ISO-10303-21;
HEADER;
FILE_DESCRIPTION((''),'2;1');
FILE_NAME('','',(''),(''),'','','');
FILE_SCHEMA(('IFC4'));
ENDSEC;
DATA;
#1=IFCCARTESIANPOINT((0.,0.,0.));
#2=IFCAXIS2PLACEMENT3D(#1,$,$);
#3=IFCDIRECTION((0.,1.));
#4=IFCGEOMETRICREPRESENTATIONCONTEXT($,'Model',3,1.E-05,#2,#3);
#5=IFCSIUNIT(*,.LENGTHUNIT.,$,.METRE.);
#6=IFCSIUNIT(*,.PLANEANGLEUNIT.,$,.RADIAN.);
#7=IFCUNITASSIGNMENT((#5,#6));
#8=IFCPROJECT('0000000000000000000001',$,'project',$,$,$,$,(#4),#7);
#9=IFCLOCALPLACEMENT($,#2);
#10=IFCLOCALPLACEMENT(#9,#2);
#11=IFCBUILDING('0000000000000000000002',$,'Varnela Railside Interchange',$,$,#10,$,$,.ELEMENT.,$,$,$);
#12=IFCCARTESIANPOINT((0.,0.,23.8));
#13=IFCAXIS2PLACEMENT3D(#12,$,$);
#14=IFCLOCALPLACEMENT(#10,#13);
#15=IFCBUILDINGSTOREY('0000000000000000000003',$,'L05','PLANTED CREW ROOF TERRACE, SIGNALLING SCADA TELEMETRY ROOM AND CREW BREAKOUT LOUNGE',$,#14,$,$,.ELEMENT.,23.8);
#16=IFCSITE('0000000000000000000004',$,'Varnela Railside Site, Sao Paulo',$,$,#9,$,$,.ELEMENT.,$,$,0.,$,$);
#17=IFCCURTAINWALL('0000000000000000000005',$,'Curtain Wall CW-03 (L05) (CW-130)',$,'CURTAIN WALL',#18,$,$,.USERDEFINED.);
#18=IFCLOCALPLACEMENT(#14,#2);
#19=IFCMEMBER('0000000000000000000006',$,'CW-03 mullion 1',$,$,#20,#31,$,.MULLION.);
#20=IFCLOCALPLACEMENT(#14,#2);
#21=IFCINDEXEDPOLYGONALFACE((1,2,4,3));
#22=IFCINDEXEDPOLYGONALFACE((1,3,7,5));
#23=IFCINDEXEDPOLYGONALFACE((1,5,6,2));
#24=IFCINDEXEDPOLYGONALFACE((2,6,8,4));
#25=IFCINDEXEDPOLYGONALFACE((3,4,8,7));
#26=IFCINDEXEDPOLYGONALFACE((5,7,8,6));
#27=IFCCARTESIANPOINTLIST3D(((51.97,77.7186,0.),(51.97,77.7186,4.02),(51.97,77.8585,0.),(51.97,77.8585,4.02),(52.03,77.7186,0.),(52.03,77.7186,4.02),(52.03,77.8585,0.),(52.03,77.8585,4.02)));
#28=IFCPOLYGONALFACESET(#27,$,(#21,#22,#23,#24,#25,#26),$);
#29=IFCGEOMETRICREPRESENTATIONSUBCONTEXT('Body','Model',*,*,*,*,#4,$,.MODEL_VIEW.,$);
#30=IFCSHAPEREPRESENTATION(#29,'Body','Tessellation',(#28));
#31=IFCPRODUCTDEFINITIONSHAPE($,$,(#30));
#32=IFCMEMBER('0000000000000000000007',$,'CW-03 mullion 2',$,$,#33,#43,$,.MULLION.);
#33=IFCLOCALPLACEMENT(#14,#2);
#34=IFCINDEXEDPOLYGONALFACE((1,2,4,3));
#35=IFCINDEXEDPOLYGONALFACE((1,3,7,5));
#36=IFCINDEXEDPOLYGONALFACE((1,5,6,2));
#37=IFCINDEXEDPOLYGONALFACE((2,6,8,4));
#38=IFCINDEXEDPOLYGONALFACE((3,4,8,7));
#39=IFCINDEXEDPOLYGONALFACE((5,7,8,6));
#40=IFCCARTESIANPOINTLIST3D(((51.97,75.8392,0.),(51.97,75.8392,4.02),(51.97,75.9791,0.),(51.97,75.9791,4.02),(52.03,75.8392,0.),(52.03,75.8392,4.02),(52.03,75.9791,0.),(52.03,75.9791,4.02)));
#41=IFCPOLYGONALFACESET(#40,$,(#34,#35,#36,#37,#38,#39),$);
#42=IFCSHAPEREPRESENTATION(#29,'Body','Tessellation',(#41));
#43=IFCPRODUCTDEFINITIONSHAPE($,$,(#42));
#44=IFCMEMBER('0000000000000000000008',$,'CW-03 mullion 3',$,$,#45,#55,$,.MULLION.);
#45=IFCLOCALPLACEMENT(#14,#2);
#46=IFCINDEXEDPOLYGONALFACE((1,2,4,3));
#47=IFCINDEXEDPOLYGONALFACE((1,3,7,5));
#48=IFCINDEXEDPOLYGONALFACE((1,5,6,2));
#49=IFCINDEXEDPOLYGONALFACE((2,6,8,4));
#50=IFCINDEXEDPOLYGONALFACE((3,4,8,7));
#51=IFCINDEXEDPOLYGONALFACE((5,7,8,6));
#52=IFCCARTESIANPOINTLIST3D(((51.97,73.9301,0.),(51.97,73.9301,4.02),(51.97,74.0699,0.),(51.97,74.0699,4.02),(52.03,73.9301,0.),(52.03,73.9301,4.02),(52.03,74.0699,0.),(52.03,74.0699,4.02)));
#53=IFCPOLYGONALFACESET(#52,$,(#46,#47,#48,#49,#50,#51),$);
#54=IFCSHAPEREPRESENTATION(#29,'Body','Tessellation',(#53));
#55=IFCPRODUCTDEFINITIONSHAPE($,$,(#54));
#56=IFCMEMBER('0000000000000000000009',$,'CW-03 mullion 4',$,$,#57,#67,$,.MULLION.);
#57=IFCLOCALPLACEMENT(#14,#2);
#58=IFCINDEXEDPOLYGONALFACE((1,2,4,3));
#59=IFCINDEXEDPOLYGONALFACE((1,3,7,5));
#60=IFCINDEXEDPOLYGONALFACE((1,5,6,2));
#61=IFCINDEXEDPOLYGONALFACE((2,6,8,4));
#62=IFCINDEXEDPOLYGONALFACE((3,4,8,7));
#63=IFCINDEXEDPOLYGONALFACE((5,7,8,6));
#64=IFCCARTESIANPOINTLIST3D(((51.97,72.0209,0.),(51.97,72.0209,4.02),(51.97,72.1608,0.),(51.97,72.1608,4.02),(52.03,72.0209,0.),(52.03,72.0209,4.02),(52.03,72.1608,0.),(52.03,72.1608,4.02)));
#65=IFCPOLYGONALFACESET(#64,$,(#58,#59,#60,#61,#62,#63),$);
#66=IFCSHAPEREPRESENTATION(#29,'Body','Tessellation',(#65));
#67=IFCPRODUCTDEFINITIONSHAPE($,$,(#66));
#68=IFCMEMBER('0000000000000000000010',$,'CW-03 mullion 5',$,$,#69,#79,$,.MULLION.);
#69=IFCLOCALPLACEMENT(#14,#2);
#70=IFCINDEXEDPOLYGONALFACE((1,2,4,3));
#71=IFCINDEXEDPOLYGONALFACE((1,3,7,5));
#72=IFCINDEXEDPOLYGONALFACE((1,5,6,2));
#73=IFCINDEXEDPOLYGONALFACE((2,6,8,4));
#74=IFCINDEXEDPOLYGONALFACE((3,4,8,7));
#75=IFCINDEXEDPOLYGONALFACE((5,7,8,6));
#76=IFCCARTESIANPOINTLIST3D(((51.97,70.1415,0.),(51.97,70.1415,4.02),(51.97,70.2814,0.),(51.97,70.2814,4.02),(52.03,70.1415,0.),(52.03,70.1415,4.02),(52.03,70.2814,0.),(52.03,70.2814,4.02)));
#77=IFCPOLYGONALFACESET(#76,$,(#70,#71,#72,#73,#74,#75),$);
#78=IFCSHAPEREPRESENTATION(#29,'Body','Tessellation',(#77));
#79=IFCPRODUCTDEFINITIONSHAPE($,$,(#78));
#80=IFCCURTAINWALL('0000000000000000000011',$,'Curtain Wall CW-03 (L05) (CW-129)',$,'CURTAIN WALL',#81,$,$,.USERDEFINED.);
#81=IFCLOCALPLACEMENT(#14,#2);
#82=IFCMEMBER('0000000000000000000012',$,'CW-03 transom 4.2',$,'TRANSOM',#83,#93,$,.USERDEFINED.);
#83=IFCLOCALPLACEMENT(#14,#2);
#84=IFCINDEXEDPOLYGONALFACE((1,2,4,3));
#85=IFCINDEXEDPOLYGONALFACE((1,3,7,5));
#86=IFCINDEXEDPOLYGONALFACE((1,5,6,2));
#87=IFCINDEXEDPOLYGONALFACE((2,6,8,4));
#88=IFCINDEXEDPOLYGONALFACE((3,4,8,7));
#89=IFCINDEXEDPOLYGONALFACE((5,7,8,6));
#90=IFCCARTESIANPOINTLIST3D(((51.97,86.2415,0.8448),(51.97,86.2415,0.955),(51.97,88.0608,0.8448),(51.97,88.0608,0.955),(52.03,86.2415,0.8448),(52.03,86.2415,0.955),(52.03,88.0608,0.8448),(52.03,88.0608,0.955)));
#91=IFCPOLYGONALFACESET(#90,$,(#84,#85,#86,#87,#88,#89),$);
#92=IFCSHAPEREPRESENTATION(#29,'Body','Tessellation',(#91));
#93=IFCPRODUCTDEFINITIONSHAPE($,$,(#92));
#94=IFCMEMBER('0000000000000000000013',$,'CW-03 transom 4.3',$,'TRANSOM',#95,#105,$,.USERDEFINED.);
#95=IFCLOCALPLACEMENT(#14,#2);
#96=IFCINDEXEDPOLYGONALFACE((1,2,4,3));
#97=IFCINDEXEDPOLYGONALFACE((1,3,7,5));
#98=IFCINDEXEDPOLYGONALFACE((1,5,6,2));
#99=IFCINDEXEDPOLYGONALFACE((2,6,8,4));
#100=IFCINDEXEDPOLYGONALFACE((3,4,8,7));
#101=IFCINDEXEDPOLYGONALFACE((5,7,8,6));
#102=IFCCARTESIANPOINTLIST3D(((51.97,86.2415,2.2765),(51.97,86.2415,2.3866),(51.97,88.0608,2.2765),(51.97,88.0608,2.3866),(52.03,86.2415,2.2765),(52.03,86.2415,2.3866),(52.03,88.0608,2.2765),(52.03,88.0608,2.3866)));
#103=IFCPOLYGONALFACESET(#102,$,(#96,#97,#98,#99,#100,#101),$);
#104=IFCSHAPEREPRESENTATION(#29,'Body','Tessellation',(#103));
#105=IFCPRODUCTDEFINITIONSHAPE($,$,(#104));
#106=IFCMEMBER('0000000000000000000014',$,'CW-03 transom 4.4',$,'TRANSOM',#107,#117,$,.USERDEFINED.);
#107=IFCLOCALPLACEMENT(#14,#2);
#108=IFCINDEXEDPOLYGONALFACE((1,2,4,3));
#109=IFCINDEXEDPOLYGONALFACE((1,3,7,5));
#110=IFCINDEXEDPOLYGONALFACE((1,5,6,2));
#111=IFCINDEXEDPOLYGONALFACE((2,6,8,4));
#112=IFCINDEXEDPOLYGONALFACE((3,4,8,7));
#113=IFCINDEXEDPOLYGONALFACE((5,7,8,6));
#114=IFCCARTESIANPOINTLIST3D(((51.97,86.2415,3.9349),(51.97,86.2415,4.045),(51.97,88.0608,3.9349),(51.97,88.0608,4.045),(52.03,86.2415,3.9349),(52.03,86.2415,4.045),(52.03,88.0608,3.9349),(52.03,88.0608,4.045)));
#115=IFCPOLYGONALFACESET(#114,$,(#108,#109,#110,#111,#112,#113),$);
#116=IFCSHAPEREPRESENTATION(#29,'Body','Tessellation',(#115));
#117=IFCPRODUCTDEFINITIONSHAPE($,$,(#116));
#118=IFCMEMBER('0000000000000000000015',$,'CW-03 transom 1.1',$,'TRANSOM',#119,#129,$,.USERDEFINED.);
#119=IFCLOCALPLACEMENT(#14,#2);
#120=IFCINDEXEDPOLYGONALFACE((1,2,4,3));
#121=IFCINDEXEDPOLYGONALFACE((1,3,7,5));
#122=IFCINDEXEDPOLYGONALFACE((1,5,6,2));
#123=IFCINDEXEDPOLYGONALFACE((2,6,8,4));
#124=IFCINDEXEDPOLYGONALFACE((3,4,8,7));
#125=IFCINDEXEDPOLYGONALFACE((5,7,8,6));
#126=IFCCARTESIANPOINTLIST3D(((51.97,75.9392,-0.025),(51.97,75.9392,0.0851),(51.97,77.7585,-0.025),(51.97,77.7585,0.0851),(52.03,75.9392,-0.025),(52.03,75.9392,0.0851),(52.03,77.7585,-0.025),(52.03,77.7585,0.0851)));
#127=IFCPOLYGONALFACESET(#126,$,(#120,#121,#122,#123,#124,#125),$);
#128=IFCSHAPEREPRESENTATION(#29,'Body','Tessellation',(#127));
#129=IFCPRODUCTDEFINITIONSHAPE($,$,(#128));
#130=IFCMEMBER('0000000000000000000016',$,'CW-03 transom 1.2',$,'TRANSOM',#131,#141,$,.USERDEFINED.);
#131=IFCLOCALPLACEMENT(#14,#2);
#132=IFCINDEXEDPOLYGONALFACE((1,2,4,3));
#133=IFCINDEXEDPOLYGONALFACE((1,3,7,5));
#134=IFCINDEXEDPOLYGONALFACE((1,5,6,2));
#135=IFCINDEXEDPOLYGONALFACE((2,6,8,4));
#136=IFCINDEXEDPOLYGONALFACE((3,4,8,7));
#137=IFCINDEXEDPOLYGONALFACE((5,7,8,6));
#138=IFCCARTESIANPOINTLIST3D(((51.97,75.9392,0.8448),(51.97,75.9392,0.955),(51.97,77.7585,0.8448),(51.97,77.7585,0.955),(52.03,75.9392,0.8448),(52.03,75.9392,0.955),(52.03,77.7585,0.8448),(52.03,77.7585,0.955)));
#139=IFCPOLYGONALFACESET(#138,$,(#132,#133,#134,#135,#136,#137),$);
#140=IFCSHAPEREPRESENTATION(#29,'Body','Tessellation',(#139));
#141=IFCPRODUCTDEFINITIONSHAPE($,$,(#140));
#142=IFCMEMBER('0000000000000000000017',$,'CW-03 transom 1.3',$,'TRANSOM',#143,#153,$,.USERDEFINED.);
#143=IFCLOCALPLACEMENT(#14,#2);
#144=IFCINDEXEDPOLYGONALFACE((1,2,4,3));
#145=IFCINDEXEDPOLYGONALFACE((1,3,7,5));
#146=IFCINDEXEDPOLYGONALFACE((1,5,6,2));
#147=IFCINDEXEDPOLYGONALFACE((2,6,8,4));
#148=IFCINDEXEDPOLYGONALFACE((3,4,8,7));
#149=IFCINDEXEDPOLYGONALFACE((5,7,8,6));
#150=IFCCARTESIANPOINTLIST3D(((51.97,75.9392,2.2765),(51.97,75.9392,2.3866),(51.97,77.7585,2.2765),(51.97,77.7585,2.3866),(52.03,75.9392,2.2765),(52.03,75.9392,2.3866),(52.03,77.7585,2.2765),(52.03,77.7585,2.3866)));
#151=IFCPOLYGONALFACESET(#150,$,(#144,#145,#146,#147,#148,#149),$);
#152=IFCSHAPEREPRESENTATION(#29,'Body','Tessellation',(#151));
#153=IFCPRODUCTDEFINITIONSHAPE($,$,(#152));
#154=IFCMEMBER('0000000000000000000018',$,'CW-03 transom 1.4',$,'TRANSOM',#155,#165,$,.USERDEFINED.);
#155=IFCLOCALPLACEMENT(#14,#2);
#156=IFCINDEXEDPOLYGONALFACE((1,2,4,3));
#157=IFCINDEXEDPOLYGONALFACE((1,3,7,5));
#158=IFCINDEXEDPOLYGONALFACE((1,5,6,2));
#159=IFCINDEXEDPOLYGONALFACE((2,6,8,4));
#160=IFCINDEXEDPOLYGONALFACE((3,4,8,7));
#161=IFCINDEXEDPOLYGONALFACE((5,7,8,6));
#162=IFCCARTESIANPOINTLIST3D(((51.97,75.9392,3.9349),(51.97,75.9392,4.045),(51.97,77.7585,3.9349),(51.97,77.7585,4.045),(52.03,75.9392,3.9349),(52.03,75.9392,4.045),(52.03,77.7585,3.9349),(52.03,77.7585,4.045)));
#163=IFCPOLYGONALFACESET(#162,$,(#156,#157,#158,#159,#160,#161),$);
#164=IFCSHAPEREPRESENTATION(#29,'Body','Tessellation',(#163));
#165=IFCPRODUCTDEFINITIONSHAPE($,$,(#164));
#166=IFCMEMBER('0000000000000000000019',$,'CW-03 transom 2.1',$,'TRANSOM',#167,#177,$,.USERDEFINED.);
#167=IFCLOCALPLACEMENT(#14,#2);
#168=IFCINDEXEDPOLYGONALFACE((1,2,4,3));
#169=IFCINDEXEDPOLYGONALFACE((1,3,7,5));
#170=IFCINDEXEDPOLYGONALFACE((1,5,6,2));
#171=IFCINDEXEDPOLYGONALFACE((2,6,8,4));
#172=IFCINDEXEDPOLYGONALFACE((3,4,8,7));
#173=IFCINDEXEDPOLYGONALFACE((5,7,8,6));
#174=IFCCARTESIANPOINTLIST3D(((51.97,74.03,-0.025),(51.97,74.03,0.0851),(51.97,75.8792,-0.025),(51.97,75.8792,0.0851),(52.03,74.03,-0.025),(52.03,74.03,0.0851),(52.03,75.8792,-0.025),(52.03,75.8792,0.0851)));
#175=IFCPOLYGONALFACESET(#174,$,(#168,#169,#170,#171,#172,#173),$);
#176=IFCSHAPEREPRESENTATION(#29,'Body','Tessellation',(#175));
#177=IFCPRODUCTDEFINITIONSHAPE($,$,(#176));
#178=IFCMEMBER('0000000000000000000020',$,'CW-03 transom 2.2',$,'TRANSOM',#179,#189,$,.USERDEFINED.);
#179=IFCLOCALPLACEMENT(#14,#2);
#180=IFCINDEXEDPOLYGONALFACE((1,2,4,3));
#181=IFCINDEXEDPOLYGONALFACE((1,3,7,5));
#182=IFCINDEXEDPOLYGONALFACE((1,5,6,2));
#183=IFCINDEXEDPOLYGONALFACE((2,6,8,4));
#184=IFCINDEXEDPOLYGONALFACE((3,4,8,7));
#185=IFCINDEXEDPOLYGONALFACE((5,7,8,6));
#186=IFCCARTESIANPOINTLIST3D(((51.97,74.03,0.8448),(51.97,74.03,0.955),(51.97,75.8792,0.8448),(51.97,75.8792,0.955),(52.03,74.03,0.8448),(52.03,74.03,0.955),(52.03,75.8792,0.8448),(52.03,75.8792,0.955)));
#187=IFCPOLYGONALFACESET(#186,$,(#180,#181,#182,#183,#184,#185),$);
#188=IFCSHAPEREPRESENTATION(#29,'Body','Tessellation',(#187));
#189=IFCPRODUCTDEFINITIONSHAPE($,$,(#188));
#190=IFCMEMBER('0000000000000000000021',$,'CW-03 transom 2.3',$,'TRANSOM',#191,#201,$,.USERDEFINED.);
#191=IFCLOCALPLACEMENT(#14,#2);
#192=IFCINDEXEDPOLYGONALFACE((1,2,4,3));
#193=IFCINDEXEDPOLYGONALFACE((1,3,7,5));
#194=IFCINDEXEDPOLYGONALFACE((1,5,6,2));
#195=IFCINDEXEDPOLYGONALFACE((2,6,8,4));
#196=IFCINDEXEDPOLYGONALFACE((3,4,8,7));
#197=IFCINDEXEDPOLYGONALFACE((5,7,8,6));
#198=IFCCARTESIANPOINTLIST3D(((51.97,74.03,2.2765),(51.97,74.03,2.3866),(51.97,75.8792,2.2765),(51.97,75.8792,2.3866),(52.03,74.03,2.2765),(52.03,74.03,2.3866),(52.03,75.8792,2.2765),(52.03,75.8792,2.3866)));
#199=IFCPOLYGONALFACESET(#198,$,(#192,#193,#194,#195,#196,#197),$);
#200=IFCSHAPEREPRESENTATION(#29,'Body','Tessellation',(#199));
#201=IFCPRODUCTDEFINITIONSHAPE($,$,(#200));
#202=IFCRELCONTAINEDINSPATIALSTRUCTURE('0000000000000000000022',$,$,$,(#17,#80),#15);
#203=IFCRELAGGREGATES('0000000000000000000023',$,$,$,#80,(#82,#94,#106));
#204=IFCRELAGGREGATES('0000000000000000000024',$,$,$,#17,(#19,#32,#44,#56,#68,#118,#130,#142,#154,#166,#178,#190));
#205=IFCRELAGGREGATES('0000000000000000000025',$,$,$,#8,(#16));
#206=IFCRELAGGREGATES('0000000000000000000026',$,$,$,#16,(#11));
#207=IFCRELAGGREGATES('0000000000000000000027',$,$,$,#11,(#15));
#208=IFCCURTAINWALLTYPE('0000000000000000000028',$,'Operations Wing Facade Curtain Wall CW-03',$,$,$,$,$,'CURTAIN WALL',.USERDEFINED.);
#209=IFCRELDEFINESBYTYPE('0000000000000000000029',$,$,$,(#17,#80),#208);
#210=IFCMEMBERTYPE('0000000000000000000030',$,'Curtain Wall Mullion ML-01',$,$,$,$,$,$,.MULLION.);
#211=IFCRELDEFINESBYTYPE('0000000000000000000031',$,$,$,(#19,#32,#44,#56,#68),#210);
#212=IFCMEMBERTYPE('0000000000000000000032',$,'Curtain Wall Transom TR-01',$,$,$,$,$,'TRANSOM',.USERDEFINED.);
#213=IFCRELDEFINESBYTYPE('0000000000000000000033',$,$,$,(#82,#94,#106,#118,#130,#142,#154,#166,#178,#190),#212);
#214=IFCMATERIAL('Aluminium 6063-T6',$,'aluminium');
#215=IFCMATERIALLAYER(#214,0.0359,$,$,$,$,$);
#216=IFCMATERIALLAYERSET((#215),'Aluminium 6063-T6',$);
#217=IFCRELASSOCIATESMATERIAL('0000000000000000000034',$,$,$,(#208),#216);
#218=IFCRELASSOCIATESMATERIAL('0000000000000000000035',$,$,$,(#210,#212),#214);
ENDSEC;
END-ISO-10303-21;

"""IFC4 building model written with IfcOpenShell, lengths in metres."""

from ifc_helpers import new_model, si_unit, direction, frame, origin, origin_2d, place, context, subcontext, project, spatial, rectangle, extrude, material, layer, layer_set, material_profile, profile_set, type_object, element, aggregate, save


model = new_model("IFC4")

# Units and contexts
model_context = context("Model", 3, precision=1e-05, world=origin(), true_north=direction((0.0, 1.0)))
body_context = subcontext(model_context, "Body", "Model", "MODEL_VIEW")
ifc_project = project(units=[si_unit("LENGTHUNIT", "METRE"), si_unit("PLANEANGLEUNIT", "RADIAN")], contexts=[model_context])

# Site, building, storey
site_placement = place(None, origin())
site = spatial("IfcSite", under=ifc_project, at=site_placement, Name="Varnela Railside Site, Sao Paulo", CompositionType="ELEMENT", RefElevation=0.0)
building_placement = place(site_placement, origin())
building = spatial("IfcBuilding", under=site, at=building_placement, Name="Varnela Railside Interchange", CompositionType="ELEMENT")
storey_placement = place(building_placement, frame((0.0, 0.0, 23.8)))
storey = spatial("IfcBuildingStorey", under=building, at=storey_placement, Name="L05", Description="PLANTED CREW ROOF TERRACE, SIGNALLING SCADA TELEMETRY ROOM AND CREW BREAKOUT LOUNGE", CompositionType="ELEMENT", Elevation=23.8)

# Curtain walls, members
ifc_material_1 = material(Name="Aluminium 6063-T6", Category="aluminium")
ifc_layer_1 = layer(ifc_material_1, 0.0359)
ifc_layer_set_1 = layer_set([ifc_layer_1], Name="Aluminium 6063-T6")
curtain_wall_type = type_object("IfcCurtainWallType", Name="Operations Wing Facade Curtain Wall CW-03", ElementType="CURTAIN WALL", PredefinedType="USERDEFINED", material=ifc_layer_set_1)
curtain_wall_1_placement = place(storey_placement, origin())
curtain_wall_1 = element("IfcCurtainWall", 1, at=curtain_wall_1_placement, inside=storey, type_object=curtain_wall_type, Name="Curtain Wall CW-03 (L05) (CW-130)", ObjectType="CURTAIN WALL", PredefinedType="USERDEFINED")
ifc_material_profile_1 = material_profile(ifc_material_1, rectangle(XDim=0.0601, YDim=0.1399, at=origin_2d()), Name="ALU 60x140")
ifc_profile_set_1 = profile_set([ifc_material_profile_1], Name="Aluminium 6063-T6")
member_type_1 = type_object("IfcMemberType", Name="Curtain Wall Mullion ML-01", PredefinedType="MULLION", material=ifc_profile_set_1)
member_1_placement = place(storey_placement, frame((52.0, 77.7886, 0.0), z_axis=(0.0, 0.0, 1.0), x_axis=(1.0, 0.0, 0.0)))
member_1 = element("IfcMember", 2, at=member_1_placement, type_object=member_type_1, Name="CW-03 mullion 1", PredefinedType="MULLION", context=body_context, shape_type="SweptSolid", body=[
    extrude(rectangle(XDim=0.0601, YDim=0.1399, at=origin_2d()), origin(), (0.0, 0.0, 1.0), 4.02),
])
member_2_placement = place(storey_placement, frame((52.0, 75.9092, 0.0), z_axis=(0.0, 0.0, 1.0), x_axis=(1.0, 0.0, 0.0)))
member_2 = element("IfcMember", 3, at=member_2_placement, type_object=member_type_1, Name="CW-03 mullion 2", PredefinedType="MULLION", context=body_context, shape_type="SweptSolid", body=[
    extrude(rectangle(XDim=0.0601, YDim=0.1399, at=origin_2d()), origin(), (0.0, 0.0, 1.0), 4.02),
])
member_3_placement = place(storey_placement, frame((52.0, 74.0, 0.0), z_axis=(0.0, 0.0, 1.0), x_axis=(1.0, 0.0, 0.0)))
member_3 = element("IfcMember", 4, at=member_3_placement, type_object=member_type_1, Name="CW-03 mullion 3", PredefinedType="MULLION", context=body_context, shape_type="SweptSolid", body=[
    extrude(rectangle(XDim=0.0601, YDim=0.1399, at=origin_2d()), origin(), (0.0, 0.0, 1.0), 4.02),
])
member_4_placement = place(storey_placement, frame((52.0, 72.0908, 0.0), z_axis=(0.0, 0.0, 1.0), x_axis=(1.0, 0.0, 0.0)))
member_4 = element("IfcMember", 5, at=member_4_placement, type_object=member_type_1, Name="CW-03 mullion 4", PredefinedType="MULLION", context=body_context, shape_type="SweptSolid", body=[
    extrude(rectangle(XDim=0.0601, YDim=0.1399, at=origin_2d()), origin(), (0.0, 0.0, 1.0), 4.02),
])
member_5_placement = place(storey_placement, frame((52.0, 70.2114, 0.0), z_axis=(0.0, 0.0, 1.0), x_axis=(1.0, 0.0, 0.0)))
member_5 = element("IfcMember", 6, at=member_5_placement, type_object=member_type_1, Name="CW-03 mullion 5", PredefinedType="MULLION", context=body_context, shape_type="SweptSolid", body=[
    extrude(rectangle(XDim=0.0601, YDim=0.1399, at=origin_2d()), origin(), (0.0, 0.0, 1.0), 4.02),
])
curtain_wall_2_placement = place(storey_placement, origin())
curtain_wall_2 = element("IfcCurtainWall", 7, at=curtain_wall_2_placement, inside=storey, type_object=curtain_wall_type, Name="Curtain Wall CW-03 (L05) (CW-129)", ObjectType="CURTAIN WALL", PredefinedType="USERDEFINED")
ifc_material_profile_2 = material_profile(ifc_material_1, rectangle(XDim=0.0601, YDim=0.1101, at=origin_2d()), Name="ALU 60x110")
ifc_profile_set_2 = profile_set([ifc_material_profile_2], Name="Aluminium 6063-T6")
member_type_2 = type_object("IfcMemberType", Name="Curtain Wall Transom TR-01", ElementType="TRANSOM", PredefinedType="USERDEFINED", material=ifc_profile_set_2)
member_6_placement = place(storey_placement, frame((52.0, 88.0608, 0.8999), z_axis=(0.0, -1.0, 0.0), x_axis=(1.0, 0.0, 0.0)))
member_6 = element("IfcMember", 8, at=member_6_placement, type_object=member_type_2, Name="CW-03 transom 4.2", ObjectType="TRANSOM", PredefinedType="USERDEFINED", context=body_context, shape_type="SweptSolid", body=[
    extrude(rectangle(XDim=0.0601, YDim=0.1101, at=origin_2d()), origin(), (0.0, 0.0, 1.0), 1.8193),
])
member_7_placement = place(storey_placement, frame((52.0, 88.0608, 2.3315), z_axis=(0.0, -1.0, 0.0), x_axis=(1.0, 0.0, 0.0)))
member_7 = element("IfcMember", 9, at=member_7_placement, type_object=member_type_2, Name="CW-03 transom 4.3", ObjectType="TRANSOM", PredefinedType="USERDEFINED", context=body_context, shape_type="SweptSolid", body=[
    extrude(rectangle(XDim=0.0601, YDim=0.1101, at=origin_2d()), origin(), (0.0, 0.0, 1.0), 1.8193),
])
member_8_placement = place(storey_placement, frame((52.0, 88.0608, 3.99), z_axis=(0.0, -1.0, 0.0), x_axis=(1.0, 0.0, 0.0)))
member_8 = element("IfcMember", 10, at=member_8_placement, type_object=member_type_2, Name="CW-03 transom 4.4", ObjectType="TRANSOM", PredefinedType="USERDEFINED", context=body_context, shape_type="SweptSolid", body=[
    extrude(rectangle(XDim=0.0601, YDim=0.1101, at=origin_2d()), origin(), (0.0, 0.0, 1.0), 1.8193),
])

# Members
member_9_placement = place(storey_placement, frame((52.0, 77.7585, 0.03), z_axis=(0.0, -1.0, 0.0), x_axis=(1.0, 0.0, 0.0)))
member_9 = element("IfcMember", 11, at=member_9_placement, type_object=member_type_2, Name="CW-03 transom 1.1", ObjectType="TRANSOM", PredefinedType="USERDEFINED", context=body_context, shape_type="SweptSolid", body=[
    extrude(rectangle(XDim=0.0601, YDim=0.1101, at=origin_2d()), origin(), (0.0, 0.0, 1.0), 1.8193),
])
member_10_placement = place(storey_placement, frame((52.0, 77.7585, 0.8999), z_axis=(0.0, -1.0, 0.0), x_axis=(1.0, 0.0, 0.0)))
member_10 = element("IfcMember", 12, at=member_10_placement, type_object=member_type_2, Name="CW-03 transom 1.2", ObjectType="TRANSOM", PredefinedType="USERDEFINED", context=body_context, shape_type="SweptSolid", body=[
    extrude(rectangle(XDim=0.0601, YDim=0.1101, at=origin_2d()), origin(), (0.0, 0.0, 1.0), 1.8193),
])
member_11_placement = place(storey_placement, frame((52.0, 77.7585, 2.3315), z_axis=(0.0, -1.0, 0.0), x_axis=(1.0, 0.0, 0.0)))
member_11 = element("IfcMember", 13, at=member_11_placement, type_object=member_type_2, Name="CW-03 transom 1.3", ObjectType="TRANSOM", PredefinedType="USERDEFINED", context=body_context, shape_type="SweptSolid", body=[
    extrude(rectangle(XDim=0.0601, YDim=0.1101, at=origin_2d()), origin(), (0.0, 0.0, 1.0), 1.8193),
])
member_12_placement = place(storey_placement, frame((52.0, 77.7585, 3.99), z_axis=(0.0, -1.0, 0.0), x_axis=(1.0, 0.0, 0.0)))
member_12 = element("IfcMember", 14, at=member_12_placement, type_object=member_type_2, Name="CW-03 transom 1.4", ObjectType="TRANSOM", PredefinedType="USERDEFINED", context=body_context, shape_type="SweptSolid", body=[
    extrude(rectangle(XDim=0.0601, YDim=0.1101, at=origin_2d()), origin(), (0.0, 0.0, 1.0), 1.8193),
])
member_13_placement = place(storey_placement, frame((52.0, 75.8792, 0.03), z_axis=(0.0, -1.0, 0.0), x_axis=(1.0, 0.0, 0.0)))
member_13 = element("IfcMember", 15, at=member_13_placement, type_object=member_type_2, Name="CW-03 transom 2.1", ObjectType="TRANSOM", PredefinedType="USERDEFINED", context=body_context, shape_type="SweptSolid", body=[
    extrude(rectangle(XDim=0.0601, YDim=0.1101, at=origin_2d()), origin(), (0.0, 0.0, 1.0), 1.8491),
])
member_14_placement = place(storey_placement, frame((52.0, 75.8792, 0.8999), z_axis=(0.0, -1.0, 0.0), x_axis=(1.0, 0.0, 0.0)))
member_14 = element("IfcMember", 16, at=member_14_placement, type_object=member_type_2, Name="CW-03 transom 2.2", ObjectType="TRANSOM", PredefinedType="USERDEFINED", context=body_context, shape_type="SweptSolid", body=[
    extrude(rectangle(XDim=0.0601, YDim=0.1101, at=origin_2d()), origin(), (0.0, 0.0, 1.0), 1.8491),
])
member_15_placement = place(storey_placement, frame((52.0, 75.8792, 2.3315), z_axis=(0.0, -1.0, 0.0), x_axis=(1.0, 0.0, 0.0)))
member_15 = element("IfcMember", 17, at=member_15_placement, type_object=member_type_2, Name="CW-03 transom 2.3", ObjectType="TRANSOM", PredefinedType="USERDEFINED", context=body_context, shape_type="SweptSolid", body=[
    extrude(rectangle(XDim=0.0601, YDim=0.1101, at=origin_2d()), origin(), (0.0, 0.0, 1.0), 1.8491),
])

aggregate(curtain_wall_2, [member_6, member_7, member_8])
aggregate(curtain_wall_1, [member_1, member_2, member_3, member_4, member_5, member_9, member_10, member_11, member_12, member_13, member_14, member_15])

save(model, "model.ifc")
